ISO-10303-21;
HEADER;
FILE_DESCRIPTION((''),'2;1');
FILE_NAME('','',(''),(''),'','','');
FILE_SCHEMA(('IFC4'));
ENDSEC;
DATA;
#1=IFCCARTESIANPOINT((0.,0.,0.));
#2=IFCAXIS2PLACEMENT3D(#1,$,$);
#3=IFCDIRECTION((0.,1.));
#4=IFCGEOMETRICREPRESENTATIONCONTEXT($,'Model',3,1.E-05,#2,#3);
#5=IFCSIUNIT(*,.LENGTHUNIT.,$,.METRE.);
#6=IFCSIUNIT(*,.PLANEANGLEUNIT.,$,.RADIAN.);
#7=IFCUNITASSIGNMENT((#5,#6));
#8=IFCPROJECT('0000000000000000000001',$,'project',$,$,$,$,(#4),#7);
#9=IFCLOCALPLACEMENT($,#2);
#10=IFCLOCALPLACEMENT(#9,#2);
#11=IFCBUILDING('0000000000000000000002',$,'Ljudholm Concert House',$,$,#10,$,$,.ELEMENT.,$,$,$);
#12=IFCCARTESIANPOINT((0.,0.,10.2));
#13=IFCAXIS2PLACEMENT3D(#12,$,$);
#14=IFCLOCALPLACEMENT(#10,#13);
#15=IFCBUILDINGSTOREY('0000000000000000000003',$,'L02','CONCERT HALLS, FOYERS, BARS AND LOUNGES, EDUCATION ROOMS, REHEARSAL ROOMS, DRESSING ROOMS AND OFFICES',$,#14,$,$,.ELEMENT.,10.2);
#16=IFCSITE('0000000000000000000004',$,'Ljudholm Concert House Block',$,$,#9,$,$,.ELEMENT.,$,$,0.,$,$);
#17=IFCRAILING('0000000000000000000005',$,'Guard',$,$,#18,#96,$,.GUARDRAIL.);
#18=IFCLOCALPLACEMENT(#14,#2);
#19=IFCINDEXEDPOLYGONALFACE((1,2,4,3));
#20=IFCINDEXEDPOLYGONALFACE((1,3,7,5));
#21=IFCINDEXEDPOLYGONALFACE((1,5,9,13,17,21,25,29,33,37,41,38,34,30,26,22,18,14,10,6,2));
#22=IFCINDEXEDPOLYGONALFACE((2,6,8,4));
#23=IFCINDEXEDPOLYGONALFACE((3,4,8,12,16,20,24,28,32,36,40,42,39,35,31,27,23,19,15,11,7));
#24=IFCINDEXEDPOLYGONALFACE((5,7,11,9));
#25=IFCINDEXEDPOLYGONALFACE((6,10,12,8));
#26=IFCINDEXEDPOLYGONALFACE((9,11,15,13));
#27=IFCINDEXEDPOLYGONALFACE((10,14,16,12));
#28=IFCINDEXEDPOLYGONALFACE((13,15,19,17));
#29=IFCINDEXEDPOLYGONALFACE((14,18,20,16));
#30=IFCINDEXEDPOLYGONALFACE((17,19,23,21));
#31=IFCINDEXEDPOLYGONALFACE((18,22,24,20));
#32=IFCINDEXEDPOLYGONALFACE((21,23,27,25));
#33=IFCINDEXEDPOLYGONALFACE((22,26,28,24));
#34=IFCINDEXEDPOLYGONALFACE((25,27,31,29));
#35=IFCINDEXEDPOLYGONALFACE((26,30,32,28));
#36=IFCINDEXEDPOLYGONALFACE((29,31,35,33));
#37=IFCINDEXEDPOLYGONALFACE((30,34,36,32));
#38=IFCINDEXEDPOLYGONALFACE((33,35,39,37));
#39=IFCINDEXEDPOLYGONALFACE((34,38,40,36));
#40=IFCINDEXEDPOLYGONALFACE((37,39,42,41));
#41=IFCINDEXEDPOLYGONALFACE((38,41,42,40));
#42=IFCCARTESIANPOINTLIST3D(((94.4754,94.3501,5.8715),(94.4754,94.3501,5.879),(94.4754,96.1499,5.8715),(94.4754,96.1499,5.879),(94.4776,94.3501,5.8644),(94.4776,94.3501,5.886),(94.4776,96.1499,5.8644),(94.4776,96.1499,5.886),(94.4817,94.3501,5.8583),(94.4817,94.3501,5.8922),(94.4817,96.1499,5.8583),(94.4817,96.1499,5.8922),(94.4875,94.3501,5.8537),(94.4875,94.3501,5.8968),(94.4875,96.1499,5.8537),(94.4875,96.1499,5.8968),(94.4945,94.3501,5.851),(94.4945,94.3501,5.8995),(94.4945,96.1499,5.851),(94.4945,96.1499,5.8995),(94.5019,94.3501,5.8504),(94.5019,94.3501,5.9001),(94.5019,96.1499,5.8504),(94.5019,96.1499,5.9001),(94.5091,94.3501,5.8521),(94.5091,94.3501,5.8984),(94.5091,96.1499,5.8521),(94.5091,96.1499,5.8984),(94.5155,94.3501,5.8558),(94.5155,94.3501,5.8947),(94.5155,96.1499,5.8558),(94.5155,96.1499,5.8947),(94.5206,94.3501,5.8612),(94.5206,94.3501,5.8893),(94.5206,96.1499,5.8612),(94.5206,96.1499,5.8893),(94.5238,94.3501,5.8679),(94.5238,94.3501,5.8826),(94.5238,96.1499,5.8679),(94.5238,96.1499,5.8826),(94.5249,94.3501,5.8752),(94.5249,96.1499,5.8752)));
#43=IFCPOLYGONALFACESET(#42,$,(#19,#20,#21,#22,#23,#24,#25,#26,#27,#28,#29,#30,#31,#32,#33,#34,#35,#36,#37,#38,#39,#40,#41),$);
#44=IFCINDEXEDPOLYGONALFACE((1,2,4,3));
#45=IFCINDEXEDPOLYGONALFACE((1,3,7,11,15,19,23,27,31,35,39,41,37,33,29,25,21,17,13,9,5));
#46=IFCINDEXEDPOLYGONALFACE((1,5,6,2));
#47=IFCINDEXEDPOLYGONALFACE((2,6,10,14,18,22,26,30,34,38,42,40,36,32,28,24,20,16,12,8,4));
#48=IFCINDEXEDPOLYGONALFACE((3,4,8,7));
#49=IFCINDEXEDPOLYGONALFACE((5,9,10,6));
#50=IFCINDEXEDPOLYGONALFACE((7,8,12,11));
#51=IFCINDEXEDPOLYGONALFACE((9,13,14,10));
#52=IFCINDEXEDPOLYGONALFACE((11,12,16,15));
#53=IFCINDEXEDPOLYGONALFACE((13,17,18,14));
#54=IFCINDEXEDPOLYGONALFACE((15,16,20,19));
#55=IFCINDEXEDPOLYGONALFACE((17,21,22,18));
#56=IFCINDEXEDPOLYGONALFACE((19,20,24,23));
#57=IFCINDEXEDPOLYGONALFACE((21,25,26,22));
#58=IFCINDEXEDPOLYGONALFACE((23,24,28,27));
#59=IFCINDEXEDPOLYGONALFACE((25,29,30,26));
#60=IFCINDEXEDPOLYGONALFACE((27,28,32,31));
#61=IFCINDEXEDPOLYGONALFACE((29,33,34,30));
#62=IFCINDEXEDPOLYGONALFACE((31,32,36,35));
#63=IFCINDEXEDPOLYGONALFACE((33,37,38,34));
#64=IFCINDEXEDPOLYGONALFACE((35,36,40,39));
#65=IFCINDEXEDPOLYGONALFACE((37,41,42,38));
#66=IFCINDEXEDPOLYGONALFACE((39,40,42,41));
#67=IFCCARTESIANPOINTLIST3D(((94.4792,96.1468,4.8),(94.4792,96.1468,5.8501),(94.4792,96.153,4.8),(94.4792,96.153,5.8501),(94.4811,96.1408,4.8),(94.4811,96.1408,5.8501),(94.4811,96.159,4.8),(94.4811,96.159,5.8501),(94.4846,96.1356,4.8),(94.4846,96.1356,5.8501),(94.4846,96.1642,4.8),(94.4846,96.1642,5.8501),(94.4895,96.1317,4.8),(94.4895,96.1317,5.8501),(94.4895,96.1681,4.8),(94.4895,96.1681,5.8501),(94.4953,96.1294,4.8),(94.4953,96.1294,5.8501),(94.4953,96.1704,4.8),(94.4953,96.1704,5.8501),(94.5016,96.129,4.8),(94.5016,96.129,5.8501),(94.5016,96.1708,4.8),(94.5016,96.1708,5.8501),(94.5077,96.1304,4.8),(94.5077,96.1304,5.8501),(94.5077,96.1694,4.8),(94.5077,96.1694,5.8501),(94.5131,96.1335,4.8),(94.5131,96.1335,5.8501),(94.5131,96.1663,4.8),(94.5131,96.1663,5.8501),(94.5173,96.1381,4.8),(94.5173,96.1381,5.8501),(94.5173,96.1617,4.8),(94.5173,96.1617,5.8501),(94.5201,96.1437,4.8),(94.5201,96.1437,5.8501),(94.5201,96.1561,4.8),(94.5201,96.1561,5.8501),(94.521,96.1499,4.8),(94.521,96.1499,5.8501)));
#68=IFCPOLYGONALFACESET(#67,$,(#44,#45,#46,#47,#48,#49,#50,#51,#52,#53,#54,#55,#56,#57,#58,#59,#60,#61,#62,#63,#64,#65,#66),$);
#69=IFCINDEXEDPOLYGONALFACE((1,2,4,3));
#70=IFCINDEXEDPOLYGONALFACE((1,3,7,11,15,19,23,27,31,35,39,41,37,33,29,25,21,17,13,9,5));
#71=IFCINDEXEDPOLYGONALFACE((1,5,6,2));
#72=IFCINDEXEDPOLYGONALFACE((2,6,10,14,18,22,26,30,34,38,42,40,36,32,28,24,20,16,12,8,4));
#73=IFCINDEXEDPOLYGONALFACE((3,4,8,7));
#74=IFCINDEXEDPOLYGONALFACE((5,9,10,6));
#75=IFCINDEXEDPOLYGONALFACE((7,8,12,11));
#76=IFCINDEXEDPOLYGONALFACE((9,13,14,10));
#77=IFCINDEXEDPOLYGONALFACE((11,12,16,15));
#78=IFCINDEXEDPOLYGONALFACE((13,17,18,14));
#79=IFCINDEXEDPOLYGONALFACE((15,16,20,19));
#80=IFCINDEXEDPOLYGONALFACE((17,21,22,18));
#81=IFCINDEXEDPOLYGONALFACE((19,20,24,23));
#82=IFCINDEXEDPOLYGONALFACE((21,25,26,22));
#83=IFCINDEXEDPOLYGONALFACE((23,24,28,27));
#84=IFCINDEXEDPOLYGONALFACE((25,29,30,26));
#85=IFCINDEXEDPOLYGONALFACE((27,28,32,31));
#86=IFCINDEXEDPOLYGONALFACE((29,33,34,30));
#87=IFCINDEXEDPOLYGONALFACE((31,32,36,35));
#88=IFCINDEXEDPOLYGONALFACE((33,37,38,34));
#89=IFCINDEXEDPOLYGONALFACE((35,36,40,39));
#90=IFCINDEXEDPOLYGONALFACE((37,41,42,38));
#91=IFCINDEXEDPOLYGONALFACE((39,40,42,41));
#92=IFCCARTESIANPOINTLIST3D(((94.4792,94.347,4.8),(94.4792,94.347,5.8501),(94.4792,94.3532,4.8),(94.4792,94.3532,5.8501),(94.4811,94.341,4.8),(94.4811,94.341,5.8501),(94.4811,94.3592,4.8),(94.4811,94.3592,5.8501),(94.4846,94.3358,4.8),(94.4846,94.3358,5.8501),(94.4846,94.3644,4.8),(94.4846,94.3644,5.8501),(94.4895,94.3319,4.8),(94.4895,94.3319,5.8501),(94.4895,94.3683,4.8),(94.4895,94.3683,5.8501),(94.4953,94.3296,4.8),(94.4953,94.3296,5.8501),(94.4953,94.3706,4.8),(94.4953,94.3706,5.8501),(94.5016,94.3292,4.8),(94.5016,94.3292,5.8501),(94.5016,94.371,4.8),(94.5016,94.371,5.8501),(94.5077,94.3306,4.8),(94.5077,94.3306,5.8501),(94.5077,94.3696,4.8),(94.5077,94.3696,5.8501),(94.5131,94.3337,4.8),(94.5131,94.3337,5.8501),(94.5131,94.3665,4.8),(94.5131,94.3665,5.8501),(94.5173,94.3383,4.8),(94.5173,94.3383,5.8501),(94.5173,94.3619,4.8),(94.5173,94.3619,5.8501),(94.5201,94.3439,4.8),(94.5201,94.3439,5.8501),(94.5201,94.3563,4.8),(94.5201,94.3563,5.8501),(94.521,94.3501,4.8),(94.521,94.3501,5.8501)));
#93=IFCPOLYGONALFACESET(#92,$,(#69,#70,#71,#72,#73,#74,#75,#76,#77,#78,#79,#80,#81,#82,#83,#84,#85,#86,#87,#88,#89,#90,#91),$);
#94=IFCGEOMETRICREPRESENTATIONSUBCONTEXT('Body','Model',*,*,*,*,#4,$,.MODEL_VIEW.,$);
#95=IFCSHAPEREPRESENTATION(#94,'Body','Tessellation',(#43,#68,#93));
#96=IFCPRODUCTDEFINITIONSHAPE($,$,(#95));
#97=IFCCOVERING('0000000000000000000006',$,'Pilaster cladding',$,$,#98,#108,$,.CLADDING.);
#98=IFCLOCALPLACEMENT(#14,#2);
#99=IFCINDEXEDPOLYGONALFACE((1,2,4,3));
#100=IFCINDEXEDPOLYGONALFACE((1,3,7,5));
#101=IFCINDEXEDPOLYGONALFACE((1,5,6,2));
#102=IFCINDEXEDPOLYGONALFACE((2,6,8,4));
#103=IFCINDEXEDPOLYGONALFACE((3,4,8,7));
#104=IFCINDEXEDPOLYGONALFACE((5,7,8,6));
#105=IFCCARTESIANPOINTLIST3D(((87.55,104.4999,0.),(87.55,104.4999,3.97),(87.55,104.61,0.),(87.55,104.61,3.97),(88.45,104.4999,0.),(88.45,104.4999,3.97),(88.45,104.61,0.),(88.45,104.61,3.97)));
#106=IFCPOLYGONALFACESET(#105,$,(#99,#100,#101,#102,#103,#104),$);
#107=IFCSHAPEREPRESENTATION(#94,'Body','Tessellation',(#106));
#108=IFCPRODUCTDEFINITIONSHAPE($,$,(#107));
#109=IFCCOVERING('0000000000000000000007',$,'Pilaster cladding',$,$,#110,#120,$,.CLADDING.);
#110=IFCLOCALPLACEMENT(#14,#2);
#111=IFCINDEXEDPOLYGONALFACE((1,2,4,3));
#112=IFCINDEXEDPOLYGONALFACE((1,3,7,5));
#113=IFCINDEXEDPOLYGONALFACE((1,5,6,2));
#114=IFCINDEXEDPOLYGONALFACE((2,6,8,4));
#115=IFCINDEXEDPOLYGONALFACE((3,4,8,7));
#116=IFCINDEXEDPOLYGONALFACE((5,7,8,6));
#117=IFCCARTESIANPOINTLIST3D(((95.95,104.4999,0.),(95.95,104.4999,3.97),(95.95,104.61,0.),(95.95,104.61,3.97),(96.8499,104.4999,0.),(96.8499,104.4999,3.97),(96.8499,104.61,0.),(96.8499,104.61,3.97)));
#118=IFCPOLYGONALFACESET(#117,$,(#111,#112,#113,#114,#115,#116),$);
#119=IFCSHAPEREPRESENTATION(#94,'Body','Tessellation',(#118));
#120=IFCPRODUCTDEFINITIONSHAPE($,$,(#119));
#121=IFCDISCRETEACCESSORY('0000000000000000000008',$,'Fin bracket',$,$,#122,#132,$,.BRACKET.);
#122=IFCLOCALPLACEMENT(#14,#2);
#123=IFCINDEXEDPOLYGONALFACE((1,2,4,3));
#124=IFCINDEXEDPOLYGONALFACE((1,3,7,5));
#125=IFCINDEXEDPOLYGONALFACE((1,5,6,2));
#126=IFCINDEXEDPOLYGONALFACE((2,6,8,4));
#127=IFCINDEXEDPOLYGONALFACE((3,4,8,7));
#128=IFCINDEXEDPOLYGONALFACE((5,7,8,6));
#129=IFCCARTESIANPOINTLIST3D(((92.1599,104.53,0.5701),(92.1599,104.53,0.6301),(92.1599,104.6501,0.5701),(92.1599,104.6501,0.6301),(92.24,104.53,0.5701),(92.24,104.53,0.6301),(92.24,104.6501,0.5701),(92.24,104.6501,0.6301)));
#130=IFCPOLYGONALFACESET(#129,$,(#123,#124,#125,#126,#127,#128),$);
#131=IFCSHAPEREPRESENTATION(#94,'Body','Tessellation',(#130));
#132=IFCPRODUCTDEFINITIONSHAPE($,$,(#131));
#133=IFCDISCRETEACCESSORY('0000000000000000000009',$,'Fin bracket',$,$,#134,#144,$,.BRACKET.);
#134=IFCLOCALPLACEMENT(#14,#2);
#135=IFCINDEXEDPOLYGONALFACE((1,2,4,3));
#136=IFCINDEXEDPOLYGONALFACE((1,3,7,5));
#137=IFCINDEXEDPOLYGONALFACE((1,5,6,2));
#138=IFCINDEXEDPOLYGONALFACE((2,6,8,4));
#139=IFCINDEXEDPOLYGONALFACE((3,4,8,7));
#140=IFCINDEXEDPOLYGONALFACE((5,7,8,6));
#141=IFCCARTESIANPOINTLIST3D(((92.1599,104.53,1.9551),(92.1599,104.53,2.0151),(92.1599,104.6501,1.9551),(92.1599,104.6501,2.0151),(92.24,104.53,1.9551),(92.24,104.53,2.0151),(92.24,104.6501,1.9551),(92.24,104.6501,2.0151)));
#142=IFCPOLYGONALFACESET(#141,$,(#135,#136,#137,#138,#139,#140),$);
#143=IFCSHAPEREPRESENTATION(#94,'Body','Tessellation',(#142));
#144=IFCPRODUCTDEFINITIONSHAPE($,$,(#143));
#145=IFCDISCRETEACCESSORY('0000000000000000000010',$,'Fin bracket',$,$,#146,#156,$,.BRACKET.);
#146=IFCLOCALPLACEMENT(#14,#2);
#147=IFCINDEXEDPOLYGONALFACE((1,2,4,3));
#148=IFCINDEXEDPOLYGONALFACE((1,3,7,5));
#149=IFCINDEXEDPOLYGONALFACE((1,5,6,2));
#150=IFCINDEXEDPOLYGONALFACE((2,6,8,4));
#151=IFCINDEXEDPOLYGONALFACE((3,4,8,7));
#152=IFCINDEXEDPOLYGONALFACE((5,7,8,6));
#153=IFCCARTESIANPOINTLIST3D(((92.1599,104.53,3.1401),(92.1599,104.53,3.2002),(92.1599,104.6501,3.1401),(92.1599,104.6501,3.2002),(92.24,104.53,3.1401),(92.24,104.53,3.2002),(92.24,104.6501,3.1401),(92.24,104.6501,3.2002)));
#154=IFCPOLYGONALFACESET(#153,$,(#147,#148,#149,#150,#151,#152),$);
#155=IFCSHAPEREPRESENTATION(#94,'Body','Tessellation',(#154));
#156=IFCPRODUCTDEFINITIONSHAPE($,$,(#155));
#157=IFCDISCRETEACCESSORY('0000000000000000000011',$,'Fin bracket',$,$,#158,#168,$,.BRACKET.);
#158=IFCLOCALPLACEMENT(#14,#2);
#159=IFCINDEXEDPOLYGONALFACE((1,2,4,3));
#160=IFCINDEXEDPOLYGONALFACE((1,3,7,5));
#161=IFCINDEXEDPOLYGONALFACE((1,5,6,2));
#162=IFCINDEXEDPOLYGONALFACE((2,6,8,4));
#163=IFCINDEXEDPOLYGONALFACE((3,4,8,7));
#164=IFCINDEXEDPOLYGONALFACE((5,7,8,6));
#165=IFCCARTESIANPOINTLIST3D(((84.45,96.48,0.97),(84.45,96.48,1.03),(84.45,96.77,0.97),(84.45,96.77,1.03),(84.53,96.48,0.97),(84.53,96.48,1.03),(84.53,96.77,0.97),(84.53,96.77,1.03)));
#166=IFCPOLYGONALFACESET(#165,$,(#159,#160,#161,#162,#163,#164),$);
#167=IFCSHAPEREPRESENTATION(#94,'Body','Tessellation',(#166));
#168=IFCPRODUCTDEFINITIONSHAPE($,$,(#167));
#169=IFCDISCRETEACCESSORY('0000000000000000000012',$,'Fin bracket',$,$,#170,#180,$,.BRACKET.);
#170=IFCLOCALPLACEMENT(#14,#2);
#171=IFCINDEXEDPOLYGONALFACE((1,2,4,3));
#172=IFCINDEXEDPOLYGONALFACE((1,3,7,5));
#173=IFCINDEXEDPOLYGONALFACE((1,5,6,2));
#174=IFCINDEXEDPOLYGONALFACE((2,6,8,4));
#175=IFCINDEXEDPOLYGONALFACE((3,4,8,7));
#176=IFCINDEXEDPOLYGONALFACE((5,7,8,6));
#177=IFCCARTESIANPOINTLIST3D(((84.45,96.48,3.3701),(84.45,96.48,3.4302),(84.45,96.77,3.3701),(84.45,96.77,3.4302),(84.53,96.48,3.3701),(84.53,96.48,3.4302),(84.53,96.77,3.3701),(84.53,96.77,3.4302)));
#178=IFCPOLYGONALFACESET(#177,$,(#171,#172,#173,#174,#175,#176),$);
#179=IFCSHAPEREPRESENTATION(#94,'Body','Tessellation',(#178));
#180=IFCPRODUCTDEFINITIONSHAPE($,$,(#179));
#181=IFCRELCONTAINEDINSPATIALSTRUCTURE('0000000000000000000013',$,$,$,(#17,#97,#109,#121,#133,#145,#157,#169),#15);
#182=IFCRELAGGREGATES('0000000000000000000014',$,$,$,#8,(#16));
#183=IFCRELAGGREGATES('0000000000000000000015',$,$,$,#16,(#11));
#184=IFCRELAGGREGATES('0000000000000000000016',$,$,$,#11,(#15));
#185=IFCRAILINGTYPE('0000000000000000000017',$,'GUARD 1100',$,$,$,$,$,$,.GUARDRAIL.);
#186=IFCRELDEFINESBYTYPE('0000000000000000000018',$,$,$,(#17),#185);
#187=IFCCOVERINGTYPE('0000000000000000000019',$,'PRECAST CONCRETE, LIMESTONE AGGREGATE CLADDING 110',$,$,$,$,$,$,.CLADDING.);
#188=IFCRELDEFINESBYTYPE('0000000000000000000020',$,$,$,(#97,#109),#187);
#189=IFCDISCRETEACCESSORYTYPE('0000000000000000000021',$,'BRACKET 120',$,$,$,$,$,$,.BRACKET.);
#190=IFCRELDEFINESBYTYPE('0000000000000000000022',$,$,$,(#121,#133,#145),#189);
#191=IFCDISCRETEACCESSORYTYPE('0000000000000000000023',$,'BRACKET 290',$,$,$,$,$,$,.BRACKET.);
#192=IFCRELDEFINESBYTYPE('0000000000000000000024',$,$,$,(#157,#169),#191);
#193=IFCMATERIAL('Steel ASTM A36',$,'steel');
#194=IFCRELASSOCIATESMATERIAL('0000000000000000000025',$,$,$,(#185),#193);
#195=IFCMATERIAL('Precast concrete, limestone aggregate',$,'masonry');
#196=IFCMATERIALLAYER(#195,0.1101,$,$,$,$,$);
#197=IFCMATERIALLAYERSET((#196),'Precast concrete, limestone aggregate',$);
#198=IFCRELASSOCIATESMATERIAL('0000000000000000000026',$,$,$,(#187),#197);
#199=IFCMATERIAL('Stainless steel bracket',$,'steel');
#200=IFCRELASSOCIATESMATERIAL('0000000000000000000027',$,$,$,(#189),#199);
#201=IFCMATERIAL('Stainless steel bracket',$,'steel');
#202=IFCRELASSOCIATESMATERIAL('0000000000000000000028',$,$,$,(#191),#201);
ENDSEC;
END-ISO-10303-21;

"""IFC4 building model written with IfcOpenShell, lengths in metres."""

from ifc_helpers import new_model, si_unit, direction, frame, origin, origin_2d, place, context, subcontext, project, spatial, rectangle, circle, extrude, material, layer, layer_set, type_object, element, save


model = new_model("IFC4")

# Units and contexts
model_context = context("Model", 3, precision=1e-05, world=origin(), true_north=direction((0.0, 1.0)))
body_context = subcontext(model_context, "Body", "Model", "MODEL_VIEW")
ifc_project = project(units=[si_unit("LENGTHUNIT", "METRE"), si_unit("PLANEANGLEUNIT", "RADIAN")], contexts=[model_context])

# Site, building, storey
site_placement = place(None, origin())
site = spatial("IfcSite", under=ifc_project, at=site_placement, Name="Ljudholm Concert House Block", CompositionType="ELEMENT", RefElevation=0.0)
building_placement = place(site_placement, origin())
building = spatial("IfcBuilding", under=site, at=building_placement, Name="Ljudholm Concert House", CompositionType="ELEMENT")
storey_placement = place(building_placement, frame((0.0, 0.0, 10.2)))
storey = spatial("IfcBuildingStorey", under=building, at=storey_placement, Name="L02", Description="CONCERT HALLS, FOYERS, BARS AND LOUNGES, EDUCATION ROOMS, REHEARSAL ROOMS, DRESSING ROOMS AND OFFICES", CompositionType="ELEMENT", Elevation=10.2)

# Railing
ifc_material_1 = material(Name="Steel ASTM A36", Category="steel")
railing_type_1 = type_object("IfcRailingType", Name="GUARD 1100", PredefinedType="GUARDRAIL", material=ifc_material_1)
railing_1_placement = place(storey_placement, frame((94.5, 96.1499, 4.8)))
element("IfcRailing", 1, at=railing_1_placement, inside=storey, type_object=railing_type_1, Name="Guard", PredefinedType="GUARDRAIL", context=body_context, shape_type="SweptSolid", body=[
    extrude(circle(Radius=0.0249, at=origin_2d()), frame((0.0, 0.0, 1.0752), z_axis=(0.0, -1.0, 0.0), x_axis=(1.0, 0.0, 0.0)), (0.0, 0.0, 1.0), 1.7998),
    extrude(circle(Radius=0.021, at=origin_2d()), origin(), (0.0, 0.0, 1.0), 1.05),
    extrude(circle(Radius=0.021, at=origin_2d()), frame((0.0, -1.7998, 0.0)), (0.0, 0.0, 1.0), 1.05),
])

# Coverings
ifc_material_2 = material(Name="Precast concrete, limestone aggregate", Category="masonry")
ifc_layer_1 = layer(ifc_material_2, 0.1101)
ifc_layer_set_1 = layer_set([ifc_layer_1], Name="Precast concrete, limestone aggregate")
covering_type = type_object("IfcCoveringType", Name="PRECAST CONCRETE, LIMESTONE AGGREGATE CLADDING 110", PredefinedType="CLADDING", material=ifc_layer_set_1)
for number, where, z_axis, x_axis, name in (
    (2, (88.0, 104.5549, 0.0), (0.0, 0.0, 1.0), (0.0, -1.0, 0.0), "Pilaster cladding"),
    (3, (96.3999, 104.5549, 0.0), (0.0, 0.0, 1.0), (0.0, -1.0, 0.0), "Pilaster cladding"),
):
    element("IfcCovering", number, at=place(storey_placement, frame(where, z_axis=z_axis, x_axis=x_axis)), inside=storey, type_object=covering_type, Name=name, PredefinedType="CLADDING", context=body_context, shape_type="SweptSolid", body=[
        extrude(rectangle(XDim=0.1101, YDim=0.8999, at=origin_2d()), origin(), (0.0, 0.0, 1.0), 3.97),
    ])

# Discrete accessories
ifc_material_3 = material(Name="Stainless steel bracket", Category="steel")
discrete_accessory_type_1 = type_object("IfcDiscreteAccessoryType", Name="BRACKET 120", PredefinedType="BRACKET", material=ifc_material_3)
for number, where, z_axis, x_axis, name in (
    (4, (92.2, 104.5901, 0.5701), (0.0, 0.0, 1.0), (0.0, -1.0, 0.0), "Fin bracket"),
    (5, (92.2, 104.5901, 1.9551), (0.0, 0.0, 1.0), (0.0, -1.0, 0.0), "Fin bracket"),
    (6, (92.2, 104.5901, 3.1401), (0.0, 0.0, 1.0), (0.0, -1.0, 0.0), "Fin bracket"),
):
    element("IfcDiscreteAccessory", number, at=place(storey_placement, frame(where, z_axis=z_axis, x_axis=x_axis)), inside=storey, type_object=discrete_accessory_type_1, Name=name, PredefinedType="BRACKET", context=body_context, shape_type="SweptSolid", body=[
        extrude(rectangle(XDim=0.1201, YDim=0.0801, at=origin_2d()), origin(), (0.0, 0.0, 1.0), 0.0601),
    ])
ifc_material_4 = material(Name="Stainless steel bracket", Category="steel")
discrete_accessory_type_2 = type_object("IfcDiscreteAccessoryType", Name="BRACKET 290", PredefinedType="BRACKET", material=ifc_material_4)
for number, where, z_axis, x_axis, name in (
    (7, (84.49, 96.625, 0.97), (0.0, 0.0, 1.0), (0.0, 1.0, 0.0), "Fin bracket"),
    (8, (84.49, 96.625, 3.3701), (0.0, 0.0, 1.0), (0.0, 1.0, 0.0), "Fin bracket"),
):
    element("IfcDiscreteAccessory", number, at=place(storey_placement, frame(where, z_axis=z_axis, x_axis=x_axis)), inside=storey, type_object=discrete_accessory_type_2, Name=name, PredefinedType="BRACKET", context=body_context, shape_type="SweptSolid", body=[
        extrude(rectangle(XDim=0.29, YDim=0.0801, at=origin_2d()), origin(), (0.0, 0.0, 1.0), 0.0601),
    ])

save(model, "model.ifc")
